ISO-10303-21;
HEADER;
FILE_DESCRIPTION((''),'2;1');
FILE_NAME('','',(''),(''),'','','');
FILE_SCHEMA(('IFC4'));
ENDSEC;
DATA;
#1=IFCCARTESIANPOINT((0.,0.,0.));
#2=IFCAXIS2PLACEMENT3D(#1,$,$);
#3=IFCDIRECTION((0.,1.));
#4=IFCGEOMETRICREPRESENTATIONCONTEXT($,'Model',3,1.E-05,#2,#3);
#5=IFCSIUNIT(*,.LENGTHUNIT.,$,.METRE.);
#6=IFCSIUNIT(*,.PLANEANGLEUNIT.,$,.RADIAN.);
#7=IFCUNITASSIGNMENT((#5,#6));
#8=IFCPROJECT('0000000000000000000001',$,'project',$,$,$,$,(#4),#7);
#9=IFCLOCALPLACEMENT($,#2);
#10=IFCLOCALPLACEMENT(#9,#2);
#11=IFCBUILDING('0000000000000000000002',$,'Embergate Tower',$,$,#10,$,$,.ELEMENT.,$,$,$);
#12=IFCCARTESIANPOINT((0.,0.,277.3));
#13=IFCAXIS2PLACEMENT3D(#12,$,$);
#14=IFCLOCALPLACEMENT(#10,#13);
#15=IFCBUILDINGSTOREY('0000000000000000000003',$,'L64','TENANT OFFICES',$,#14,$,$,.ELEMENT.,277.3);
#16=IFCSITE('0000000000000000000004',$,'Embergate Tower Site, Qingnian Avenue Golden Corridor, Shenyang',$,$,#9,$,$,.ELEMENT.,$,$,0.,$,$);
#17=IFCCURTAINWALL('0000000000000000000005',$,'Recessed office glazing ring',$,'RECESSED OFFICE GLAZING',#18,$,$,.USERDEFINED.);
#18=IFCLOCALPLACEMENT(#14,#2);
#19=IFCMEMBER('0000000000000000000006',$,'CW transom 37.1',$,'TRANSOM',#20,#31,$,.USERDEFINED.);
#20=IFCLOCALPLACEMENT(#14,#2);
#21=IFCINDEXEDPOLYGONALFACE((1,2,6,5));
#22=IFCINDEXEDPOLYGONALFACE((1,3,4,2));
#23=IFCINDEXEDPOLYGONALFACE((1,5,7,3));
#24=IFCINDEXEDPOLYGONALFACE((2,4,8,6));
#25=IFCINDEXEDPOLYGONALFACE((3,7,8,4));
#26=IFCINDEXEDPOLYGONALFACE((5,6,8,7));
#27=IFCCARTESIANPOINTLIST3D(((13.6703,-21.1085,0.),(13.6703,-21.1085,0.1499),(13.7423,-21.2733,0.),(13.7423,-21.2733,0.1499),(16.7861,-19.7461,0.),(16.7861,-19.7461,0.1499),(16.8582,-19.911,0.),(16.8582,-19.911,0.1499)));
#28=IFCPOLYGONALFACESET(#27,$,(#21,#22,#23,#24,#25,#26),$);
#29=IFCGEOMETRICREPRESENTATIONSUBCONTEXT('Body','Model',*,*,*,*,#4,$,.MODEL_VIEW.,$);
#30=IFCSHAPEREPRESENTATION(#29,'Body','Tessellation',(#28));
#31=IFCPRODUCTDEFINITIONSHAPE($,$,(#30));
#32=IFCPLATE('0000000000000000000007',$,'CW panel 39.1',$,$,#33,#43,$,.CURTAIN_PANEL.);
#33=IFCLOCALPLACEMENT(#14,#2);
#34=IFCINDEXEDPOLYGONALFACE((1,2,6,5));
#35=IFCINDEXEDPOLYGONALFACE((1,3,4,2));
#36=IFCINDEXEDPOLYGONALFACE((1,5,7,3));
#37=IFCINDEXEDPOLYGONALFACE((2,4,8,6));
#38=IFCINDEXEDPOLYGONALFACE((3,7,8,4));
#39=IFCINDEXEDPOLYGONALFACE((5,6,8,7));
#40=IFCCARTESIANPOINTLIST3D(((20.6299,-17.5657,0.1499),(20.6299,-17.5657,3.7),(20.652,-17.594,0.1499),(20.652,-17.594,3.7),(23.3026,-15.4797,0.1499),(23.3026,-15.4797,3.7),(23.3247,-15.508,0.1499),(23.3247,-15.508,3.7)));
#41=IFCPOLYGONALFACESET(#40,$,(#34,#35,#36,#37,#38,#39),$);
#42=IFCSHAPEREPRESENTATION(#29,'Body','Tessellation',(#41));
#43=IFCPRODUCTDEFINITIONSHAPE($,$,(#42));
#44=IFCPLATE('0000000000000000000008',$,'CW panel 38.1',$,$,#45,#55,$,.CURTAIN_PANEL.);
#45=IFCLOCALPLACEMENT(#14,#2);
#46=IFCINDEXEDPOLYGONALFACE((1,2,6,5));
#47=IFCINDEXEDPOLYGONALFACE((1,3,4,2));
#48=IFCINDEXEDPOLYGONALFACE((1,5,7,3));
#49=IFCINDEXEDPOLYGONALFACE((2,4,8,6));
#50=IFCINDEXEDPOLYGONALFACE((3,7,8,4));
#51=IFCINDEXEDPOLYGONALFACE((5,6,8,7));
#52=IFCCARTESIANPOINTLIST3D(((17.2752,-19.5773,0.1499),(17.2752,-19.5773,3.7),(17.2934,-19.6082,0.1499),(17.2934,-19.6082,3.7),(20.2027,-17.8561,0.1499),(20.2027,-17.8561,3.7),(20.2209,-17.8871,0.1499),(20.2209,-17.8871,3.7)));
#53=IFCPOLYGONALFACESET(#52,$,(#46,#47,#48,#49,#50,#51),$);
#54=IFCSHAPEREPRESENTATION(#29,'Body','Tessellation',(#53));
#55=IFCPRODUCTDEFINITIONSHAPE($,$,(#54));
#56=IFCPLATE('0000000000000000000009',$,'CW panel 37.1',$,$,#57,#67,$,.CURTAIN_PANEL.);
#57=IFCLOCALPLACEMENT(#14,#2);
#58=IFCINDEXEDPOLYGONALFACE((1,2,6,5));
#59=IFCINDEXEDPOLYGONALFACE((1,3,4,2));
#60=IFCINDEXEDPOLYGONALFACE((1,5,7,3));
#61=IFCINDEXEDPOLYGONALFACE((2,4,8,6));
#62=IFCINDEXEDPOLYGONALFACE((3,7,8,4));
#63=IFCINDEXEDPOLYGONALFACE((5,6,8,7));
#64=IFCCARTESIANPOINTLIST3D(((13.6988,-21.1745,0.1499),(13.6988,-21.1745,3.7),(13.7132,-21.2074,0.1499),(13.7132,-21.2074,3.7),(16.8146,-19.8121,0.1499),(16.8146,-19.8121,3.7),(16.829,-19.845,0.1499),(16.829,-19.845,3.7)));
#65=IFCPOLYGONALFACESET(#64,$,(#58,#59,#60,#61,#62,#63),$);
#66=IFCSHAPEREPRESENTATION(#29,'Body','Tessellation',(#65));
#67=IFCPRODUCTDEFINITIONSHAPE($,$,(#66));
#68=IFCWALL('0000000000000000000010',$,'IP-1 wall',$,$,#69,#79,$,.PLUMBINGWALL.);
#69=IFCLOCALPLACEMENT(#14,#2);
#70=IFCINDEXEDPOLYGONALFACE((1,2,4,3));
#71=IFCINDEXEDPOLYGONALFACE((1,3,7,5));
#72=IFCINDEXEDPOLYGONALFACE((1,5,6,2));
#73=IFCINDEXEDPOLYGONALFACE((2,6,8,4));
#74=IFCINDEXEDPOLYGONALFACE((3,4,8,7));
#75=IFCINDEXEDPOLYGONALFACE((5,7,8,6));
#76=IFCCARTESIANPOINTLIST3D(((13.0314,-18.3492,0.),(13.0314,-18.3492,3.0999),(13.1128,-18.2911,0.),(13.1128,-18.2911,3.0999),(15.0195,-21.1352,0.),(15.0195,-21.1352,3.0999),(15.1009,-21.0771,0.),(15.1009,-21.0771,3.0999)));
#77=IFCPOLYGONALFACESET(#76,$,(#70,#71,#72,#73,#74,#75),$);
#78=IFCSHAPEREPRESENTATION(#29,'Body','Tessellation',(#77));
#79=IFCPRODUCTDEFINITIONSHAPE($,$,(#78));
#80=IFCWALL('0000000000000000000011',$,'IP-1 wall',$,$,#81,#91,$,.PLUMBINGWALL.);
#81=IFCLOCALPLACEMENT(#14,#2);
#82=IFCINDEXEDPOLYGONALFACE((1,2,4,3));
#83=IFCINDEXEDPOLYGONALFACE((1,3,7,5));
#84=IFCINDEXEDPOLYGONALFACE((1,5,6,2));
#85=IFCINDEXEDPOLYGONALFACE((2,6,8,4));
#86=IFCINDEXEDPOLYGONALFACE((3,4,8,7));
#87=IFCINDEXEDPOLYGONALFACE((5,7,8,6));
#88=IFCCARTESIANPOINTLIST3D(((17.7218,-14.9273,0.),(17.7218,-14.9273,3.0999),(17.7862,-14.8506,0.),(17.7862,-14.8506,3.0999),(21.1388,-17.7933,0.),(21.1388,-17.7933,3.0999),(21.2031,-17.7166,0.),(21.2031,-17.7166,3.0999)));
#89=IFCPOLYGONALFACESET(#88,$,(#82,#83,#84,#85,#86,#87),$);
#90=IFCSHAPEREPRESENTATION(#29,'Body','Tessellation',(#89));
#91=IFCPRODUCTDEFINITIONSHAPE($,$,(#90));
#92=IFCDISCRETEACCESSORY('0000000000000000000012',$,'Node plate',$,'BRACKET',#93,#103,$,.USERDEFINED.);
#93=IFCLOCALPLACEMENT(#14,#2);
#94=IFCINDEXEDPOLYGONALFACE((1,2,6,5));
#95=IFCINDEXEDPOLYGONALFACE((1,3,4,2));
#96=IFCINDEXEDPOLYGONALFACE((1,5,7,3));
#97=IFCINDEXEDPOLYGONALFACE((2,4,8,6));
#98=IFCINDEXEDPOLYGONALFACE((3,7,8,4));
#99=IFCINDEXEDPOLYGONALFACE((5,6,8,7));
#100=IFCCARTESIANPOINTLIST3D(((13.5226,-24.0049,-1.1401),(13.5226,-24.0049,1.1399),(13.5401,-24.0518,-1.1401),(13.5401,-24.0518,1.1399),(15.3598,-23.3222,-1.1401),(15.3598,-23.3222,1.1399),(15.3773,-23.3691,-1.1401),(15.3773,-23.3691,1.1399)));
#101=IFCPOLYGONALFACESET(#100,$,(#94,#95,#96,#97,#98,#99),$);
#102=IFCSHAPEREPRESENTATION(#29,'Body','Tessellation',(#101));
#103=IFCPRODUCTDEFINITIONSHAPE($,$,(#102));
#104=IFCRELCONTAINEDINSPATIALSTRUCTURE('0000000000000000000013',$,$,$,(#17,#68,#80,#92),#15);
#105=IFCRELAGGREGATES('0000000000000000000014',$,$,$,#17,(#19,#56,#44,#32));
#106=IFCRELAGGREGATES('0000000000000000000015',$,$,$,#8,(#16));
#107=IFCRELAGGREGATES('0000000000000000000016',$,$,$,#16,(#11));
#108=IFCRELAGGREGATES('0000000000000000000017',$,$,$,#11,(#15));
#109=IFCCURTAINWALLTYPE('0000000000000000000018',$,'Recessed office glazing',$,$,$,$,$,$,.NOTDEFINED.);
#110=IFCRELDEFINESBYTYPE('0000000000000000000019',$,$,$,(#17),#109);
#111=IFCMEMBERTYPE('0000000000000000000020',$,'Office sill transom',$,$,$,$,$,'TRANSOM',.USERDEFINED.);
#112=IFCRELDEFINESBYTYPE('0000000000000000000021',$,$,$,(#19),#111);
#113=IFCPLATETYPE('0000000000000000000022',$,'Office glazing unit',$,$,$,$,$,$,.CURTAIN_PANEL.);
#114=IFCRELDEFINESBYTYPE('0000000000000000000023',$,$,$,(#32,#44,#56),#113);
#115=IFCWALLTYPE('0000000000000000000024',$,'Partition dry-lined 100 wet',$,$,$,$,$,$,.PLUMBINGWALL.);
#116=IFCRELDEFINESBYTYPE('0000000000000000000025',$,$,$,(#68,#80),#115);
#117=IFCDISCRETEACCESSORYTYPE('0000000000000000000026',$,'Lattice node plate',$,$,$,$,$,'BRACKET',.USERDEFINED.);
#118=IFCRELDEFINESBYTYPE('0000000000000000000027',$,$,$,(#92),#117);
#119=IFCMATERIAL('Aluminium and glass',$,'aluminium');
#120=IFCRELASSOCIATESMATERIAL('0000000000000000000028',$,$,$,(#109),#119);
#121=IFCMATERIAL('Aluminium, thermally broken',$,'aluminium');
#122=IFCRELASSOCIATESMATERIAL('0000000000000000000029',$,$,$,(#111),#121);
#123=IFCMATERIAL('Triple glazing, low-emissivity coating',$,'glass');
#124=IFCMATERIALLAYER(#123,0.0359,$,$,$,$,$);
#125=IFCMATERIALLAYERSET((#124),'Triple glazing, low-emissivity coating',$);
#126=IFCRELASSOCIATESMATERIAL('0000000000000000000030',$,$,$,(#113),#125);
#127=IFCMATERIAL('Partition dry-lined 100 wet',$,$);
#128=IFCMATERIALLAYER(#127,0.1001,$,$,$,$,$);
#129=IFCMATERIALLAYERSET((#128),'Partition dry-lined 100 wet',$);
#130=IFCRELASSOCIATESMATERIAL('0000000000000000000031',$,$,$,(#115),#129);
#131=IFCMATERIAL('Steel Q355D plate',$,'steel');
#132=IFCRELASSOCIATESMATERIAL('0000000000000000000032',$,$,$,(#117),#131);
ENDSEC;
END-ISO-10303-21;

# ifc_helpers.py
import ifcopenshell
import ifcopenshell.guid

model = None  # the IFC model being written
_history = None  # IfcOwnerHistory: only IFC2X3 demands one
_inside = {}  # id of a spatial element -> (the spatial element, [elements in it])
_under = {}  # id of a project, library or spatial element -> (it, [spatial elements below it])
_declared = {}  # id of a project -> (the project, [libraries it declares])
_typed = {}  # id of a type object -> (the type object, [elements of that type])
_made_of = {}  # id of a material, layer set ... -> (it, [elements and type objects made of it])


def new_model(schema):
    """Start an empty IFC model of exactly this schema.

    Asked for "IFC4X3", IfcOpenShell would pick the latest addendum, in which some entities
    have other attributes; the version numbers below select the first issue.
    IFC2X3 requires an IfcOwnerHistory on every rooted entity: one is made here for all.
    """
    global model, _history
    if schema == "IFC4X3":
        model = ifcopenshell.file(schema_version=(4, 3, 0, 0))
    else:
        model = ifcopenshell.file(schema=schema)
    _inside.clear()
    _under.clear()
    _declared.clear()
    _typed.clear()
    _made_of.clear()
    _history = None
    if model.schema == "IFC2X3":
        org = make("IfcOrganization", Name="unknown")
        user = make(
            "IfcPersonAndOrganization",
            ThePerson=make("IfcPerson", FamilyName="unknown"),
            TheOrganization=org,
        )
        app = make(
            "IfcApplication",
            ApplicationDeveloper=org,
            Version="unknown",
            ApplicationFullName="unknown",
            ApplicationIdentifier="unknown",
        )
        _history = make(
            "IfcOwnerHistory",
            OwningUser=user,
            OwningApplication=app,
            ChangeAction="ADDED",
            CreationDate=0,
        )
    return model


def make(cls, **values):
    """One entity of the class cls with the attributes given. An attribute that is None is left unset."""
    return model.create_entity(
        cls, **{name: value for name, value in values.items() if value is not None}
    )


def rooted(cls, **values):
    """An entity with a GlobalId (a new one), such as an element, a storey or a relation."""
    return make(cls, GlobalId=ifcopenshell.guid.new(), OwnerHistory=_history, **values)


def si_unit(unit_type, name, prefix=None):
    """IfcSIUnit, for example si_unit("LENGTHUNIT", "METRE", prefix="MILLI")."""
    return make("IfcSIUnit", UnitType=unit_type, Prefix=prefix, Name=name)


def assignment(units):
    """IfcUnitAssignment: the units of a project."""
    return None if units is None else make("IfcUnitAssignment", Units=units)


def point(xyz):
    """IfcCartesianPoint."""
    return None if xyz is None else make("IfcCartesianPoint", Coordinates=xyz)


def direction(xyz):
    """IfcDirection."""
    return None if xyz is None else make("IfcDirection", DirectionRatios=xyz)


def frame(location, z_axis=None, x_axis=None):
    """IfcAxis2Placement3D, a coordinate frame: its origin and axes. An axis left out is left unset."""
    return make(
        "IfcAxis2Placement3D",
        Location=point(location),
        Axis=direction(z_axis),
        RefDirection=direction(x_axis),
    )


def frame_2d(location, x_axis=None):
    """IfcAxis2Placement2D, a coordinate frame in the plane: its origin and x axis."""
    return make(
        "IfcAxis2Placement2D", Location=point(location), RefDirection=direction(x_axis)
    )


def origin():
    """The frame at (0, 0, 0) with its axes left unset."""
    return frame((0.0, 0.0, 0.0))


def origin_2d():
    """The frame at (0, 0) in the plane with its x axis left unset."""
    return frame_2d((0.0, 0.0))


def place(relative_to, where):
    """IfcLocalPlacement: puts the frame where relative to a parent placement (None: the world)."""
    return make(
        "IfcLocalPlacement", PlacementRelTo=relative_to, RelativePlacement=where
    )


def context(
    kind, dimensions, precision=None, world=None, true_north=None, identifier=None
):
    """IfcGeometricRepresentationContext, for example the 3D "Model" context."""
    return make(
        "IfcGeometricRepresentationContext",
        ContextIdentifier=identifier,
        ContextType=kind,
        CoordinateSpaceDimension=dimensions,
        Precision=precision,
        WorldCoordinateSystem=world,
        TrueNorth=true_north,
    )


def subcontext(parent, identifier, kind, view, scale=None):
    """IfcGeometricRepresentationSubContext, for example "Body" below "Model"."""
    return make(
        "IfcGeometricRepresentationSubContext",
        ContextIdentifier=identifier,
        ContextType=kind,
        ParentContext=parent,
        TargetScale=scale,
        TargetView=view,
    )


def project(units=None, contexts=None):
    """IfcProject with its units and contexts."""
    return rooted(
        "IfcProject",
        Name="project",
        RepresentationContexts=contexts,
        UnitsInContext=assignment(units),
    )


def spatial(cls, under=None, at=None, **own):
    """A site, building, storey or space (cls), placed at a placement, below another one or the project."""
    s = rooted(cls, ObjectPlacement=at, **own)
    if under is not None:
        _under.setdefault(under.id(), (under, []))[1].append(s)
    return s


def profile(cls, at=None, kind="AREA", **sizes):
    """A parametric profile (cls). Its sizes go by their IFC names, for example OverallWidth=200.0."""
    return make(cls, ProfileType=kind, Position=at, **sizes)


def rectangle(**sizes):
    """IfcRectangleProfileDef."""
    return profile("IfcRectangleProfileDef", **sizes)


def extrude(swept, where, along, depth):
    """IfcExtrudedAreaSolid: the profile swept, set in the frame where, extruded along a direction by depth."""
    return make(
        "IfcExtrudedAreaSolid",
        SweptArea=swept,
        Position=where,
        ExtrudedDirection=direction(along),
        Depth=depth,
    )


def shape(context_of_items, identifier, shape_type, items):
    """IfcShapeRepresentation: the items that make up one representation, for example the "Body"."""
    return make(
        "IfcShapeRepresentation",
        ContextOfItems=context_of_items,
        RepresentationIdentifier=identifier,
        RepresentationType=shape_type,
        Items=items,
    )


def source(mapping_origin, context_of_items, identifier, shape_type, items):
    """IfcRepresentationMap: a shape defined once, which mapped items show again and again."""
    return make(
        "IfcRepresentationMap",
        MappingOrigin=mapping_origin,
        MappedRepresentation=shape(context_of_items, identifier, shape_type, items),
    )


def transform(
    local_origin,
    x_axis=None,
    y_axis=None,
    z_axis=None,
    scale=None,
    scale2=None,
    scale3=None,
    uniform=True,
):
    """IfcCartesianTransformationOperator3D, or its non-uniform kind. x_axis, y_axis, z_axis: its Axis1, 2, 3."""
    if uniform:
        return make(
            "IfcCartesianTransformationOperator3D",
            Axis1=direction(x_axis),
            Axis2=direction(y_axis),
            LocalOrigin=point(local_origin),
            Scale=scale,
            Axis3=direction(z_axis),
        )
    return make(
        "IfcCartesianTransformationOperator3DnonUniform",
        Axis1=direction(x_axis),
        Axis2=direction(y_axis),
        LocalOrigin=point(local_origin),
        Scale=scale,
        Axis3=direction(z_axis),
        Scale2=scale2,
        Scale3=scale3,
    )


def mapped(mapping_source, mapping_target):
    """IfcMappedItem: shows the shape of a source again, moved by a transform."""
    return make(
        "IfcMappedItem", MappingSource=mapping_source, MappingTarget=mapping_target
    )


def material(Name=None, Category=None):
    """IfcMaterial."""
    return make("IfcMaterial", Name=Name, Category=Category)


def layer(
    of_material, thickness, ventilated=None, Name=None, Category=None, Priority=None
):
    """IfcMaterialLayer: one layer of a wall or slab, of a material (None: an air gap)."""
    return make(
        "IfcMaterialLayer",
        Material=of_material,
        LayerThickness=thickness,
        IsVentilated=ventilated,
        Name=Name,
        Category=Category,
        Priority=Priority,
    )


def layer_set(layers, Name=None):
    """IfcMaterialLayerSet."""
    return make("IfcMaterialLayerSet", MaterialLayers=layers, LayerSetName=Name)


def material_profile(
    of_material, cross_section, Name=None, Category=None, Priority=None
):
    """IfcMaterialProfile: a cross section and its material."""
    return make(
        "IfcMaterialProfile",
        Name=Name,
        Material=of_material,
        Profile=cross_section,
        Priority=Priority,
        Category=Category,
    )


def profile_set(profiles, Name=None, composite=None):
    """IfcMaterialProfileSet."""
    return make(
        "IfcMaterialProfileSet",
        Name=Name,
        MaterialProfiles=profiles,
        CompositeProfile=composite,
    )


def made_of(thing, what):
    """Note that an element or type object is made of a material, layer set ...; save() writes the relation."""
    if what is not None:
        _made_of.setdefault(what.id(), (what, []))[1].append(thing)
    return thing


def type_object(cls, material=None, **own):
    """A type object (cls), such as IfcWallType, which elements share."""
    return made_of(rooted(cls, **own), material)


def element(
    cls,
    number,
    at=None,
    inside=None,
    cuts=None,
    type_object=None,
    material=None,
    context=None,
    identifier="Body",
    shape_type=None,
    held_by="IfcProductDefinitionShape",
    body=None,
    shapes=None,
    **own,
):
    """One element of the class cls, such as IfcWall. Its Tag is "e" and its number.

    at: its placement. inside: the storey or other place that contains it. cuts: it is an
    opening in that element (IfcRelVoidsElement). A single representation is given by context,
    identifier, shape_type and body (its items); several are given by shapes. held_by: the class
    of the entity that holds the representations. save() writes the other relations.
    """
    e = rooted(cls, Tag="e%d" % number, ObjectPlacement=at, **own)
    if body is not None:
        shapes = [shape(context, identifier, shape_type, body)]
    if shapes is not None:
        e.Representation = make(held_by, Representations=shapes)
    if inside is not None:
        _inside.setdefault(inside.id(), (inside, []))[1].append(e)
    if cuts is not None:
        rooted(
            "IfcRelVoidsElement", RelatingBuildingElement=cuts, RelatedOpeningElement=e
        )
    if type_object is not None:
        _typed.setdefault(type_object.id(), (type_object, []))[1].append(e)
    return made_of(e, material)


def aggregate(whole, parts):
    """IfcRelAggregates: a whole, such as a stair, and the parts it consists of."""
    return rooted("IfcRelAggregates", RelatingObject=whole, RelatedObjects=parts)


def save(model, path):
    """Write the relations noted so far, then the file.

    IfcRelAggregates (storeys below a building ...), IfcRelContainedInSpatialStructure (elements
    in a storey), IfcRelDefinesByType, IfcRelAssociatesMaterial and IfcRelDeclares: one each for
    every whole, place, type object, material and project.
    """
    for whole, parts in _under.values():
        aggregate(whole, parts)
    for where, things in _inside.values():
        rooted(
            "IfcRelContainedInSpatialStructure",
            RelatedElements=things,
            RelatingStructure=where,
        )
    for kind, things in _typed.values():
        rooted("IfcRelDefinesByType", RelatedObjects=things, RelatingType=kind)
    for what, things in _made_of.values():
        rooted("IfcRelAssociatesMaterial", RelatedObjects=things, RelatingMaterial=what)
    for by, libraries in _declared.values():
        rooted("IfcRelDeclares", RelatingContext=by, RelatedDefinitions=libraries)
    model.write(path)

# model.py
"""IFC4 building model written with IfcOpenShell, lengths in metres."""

from ifc_helpers import new_model, si_unit, direction, frame, frame_2d, origin, origin_2d, place, context, subcontext, project, spatial, rectangle, extrude, source, transform, mapped, material, layer, layer_set, material_profile, profile_set, type_object, element, aggregate, save


model = new_model("IFC4")

# Units and contexts
model_context = context("Model", 3, precision=1e-05, world=origin(), true_north=direction((0.0, 1.0)))
body_context = subcontext(model_context, "Body", "Model", "MODEL_VIEW")
ifc_project = project(units=[si_unit("LENGTHUNIT", "METRE"), si_unit("PLANEANGLEUNIT", "RADIAN")], contexts=[model_context])

# Site, building, storey
site_placement = place(None, origin())
site = spatial("IfcSite", under=ifc_project, at=site_placement, Name="Embergate Tower Site, Qingnian Avenue Golden Corridor, Shenyang", CompositionType="ELEMENT", RefElevation=0.0)
building_placement = place(site_placement, origin())
building = spatial("IfcBuilding", under=site, at=building_placement, Name="Embergate Tower", CompositionType="ELEMENT")
storey_placement = place(building_placement, frame((0.0, 0.0, 277.3)))
storey = spatial("IfcBuildingStorey", under=building, at=storey_placement, Name="L64", Description="TENANT OFFICES", CompositionType="ELEMENT", Elevation=277.3)

# Curtain wall, member, plates
ifc_material_1 = material(Name="Aluminium and glass", Category="aluminium")
curtain_wall_type = type_object("IfcCurtainWallType", Name="Recessed office glazing", PredefinedType="NOTDEFINED", material=ifc_material_1)
curtain_wall_placement = place(storey_placement, origin())
curtain_wall = element("IfcCurtainWall", 1, at=curtain_wall_placement, inside=storey, type_object=curtain_wall_type, Name="Recessed office glazing ring", ObjectType="RECESSED OFFICE GLAZING", PredefinedType="USERDEFINED")
ifc_material_2 = material(Name="Aluminium, thermally broken", Category="aluminium")
ifc_material_profile_1 = material_profile(ifc_material_2, rectangle(XDim=0.1799, YDim=0.1499, at=origin_2d()), Name="AL 150x180")
ifc_profile_set_1 = profile_set([ifc_material_profile_1], Name="Aluminium, thermally broken")
member_type_1 = type_object("IfcMemberType", Name="Office sill transom", ElementType="TRANSOM", PredefinedType="USERDEFINED", material=ifc_profile_set_1)
shared_shape_1 = source(origin(), body_context, "Body", "SweptSolid", [
    extrude(rectangle(XDim=0.1799, YDim=0.1499, at=origin_2d()), origin(), (0.0, 0.0, 1.0), 3.4006),
])
member_1_placement = place(storey_placement, frame((13.7063, -21.1909, 0.075), z_axis=(0.916246, 0.400615, 0.0), x_axis=(-0.400615, 0.916246, 0.0)))
member_1 = element("IfcMember", 2, at=member_1_placement, type_object=member_type_1, Name="CW transom 37.1", ObjectType="TRANSOM", PredefinedType="USERDEFINED", context=body_context, shape_type="MappedRepresentation", body=[
    mapped(shared_shape_1, transform((0.0, 0.0, 0.0))),
])
ifc_material_3 = material(Name="Triple glazing, low-emissivity coating", Category="glass")
ifc_layer_1 = layer(ifc_material_3, 0.0359)
ifc_layer_set_1 = layer_set([ifc_layer_1], Name="Triple glazing, low-emissivity coating")
plate_type = type_object("IfcPlateType", Name="Office glazing unit", PredefinedType="CURTAIN_PANEL", material=ifc_layer_set_1)
shared_shape_2 = source(origin(), body_context, "Body", "SweptSolid", [
    extrude(rectangle(XDim=3.3904, YDim=0.0359, at=origin_2d()), origin(), (0.0, 0.0, 1.0), 3.55),
])
plate_1_placement = place(storey_placement, frame((21.9773, -16.5369, 0.1499), z_axis=(0.0, 0.0, 1.0), x_axis=(0.788323, 0.615261, 0.0)))
plate_1 = element("IfcPlate", 3, at=plate_1_placement, type_object=plate_type, Name="CW panel 39.1", PredefinedType="CURTAIN_PANEL", context=body_context, shape_type="MappedRepresentation", body=[
    mapped(shared_shape_2, transform((0.0, 0.0, 0.0))),
])
shared_shape_3 = source(origin(), body_context, "Body", "SweptSolid", [
    extrude(rectangle(XDim=3.396, YDim=0.0359, at=origin_2d()), origin(), (0.0, 0.0, 1.0), 3.55),
])
plate_2_placement = place(storey_placement, frame((18.748, -18.7322, 0.1499), z_axis=(0.0, 0.0, 1.0), x_axis=(0.862055, 0.506815, 0.0)))
plate_2 = element("IfcPlate", 4, at=plate_2_placement, type_object=plate_type, Name="CW panel 38.1", PredefinedType="CURTAIN_PANEL", context=body_context, shape_type="MappedRepresentation", body=[
    mapped(shared_shape_3, transform((0.0, 0.0, 0.0))),
])
shared_shape_4 = source(origin(), body_context, "Body", "SweptSolid", [
    extrude(rectangle(XDim=3.4006, YDim=0.0359, at=origin_2d()), origin(), (0.0, 0.0, 1.0), 3.55),
])
plate_3_placement = place(storey_placement, frame((15.2639, -20.5098, 0.1499), z_axis=(0.0, 0.0, 1.0), x_axis=(0.916237, 0.400637, 0.0)))
plate_3 = element("IfcPlate", 5, at=plate_3_placement, type_object=plate_type, Name="CW panel 37.1", PredefinedType="CURTAIN_PANEL", context=body_context, shape_type="MappedRepresentation", body=[
    mapped(shared_shape_4, transform((0.0, 0.0, 0.0))),
])
aggregate(curtain_wall, [member_1, plate_3, plate_2, plate_1])

# Walls
ifc_material_4 = material(Name="Partition dry-lined 100 wet")
ifc_layer_2 = layer(ifc_material_4, 0.1001)
ifc_layer_set_2 = layer_set([ifc_layer_2], Name="Partition dry-lined 100 wet")
wall_type = type_object("IfcWallType", Name="Partition dry-lined 100 wet", PredefinedType="PLUMBINGWALL", material=ifc_layer_set_2)
shared_shape_5 = source(origin(), body_context, "Body", "SweptSolid", [
    extrude(rectangle(XDim=3.4226, YDim=0.1001, at=frame_2d((1.7114, 0.0))), origin(), (0.0, 0.0, 1.0), 3.0999),
])
wall_1_placement = place(storey_placement, frame((13.072, -18.3201, 0.0), z_axis=(0.0, 0.0, 1.0), x_axis=(0.580874, -0.813994, 0.0)))
element("IfcWall", 6, at=wall_1_placement, inside=storey, type_object=wall_type, Name="IP-1 wall", PredefinedType="PLUMBINGWALL", context=body_context, shape_type="MappedRepresentation", body=[
    mapped(shared_shape_5, transform((0.0, 0.0, 0.0))),
])
shared_shape_6 = source(origin(), body_context, "Body", "SweptSolid", [
    extrude(rectangle(XDim=4.4597, YDim=0.1001, at=frame_2d((2.23, 0.0))), origin(), (0.0, 0.0, 1.0), 3.0999),
])
wall_2_placement = place(storey_placement, frame((17.7539, -14.8889, 0.0), z_axis=(0.0, 0.0, 1.0), x_axis=(0.76618, -0.642626, 0.0)))
element("IfcWall", 7, at=wall_2_placement, inside=storey, type_object=wall_type, Name="IP-1 wall", PredefinedType="PLUMBINGWALL", context=body_context, shape_type="MappedRepresentation", body=[
    mapped(shared_shape_6, transform((0.0, 0.0, 0.0))),
])

# Discrete accessory
ifc_material_5 = material(Name="Steel Q355D plate", Category="steel")
discrete_accessory_type = type_object("IfcDiscreteAccessoryType", Name="Lattice node plate", ElementType="BRACKET", PredefinedType="USERDEFINED", material=ifc_material_5)
shared_shape_7 = source(origin(), body_context, "Body", "SweptSolid", [
    extrude(rectangle(XDim=1.96, YDim=0.05, at=origin_2d()), origin(), (0.0, 0.0, 1.0), 2.28),
])
discrete_accessory_placement = place(storey_placement, frame((14.45, -23.687, -1.1401), z_axis=(0.0, 0.0, 1.0), x_axis=(0.937367, 0.348343, 0.0)))
element("IfcDiscreteAccessory", 8, at=discrete_accessory_placement, inside=storey, type_object=discrete_accessory_type, Name="Node plate", ObjectType="BRACKET", PredefinedType="USERDEFINED", context=body_context, shape_type="MappedRepresentation", body=[
    mapped(shared_shape_7, transform((0.0, 0.0, 0.0))),
])

save(model, "model.ifc")
